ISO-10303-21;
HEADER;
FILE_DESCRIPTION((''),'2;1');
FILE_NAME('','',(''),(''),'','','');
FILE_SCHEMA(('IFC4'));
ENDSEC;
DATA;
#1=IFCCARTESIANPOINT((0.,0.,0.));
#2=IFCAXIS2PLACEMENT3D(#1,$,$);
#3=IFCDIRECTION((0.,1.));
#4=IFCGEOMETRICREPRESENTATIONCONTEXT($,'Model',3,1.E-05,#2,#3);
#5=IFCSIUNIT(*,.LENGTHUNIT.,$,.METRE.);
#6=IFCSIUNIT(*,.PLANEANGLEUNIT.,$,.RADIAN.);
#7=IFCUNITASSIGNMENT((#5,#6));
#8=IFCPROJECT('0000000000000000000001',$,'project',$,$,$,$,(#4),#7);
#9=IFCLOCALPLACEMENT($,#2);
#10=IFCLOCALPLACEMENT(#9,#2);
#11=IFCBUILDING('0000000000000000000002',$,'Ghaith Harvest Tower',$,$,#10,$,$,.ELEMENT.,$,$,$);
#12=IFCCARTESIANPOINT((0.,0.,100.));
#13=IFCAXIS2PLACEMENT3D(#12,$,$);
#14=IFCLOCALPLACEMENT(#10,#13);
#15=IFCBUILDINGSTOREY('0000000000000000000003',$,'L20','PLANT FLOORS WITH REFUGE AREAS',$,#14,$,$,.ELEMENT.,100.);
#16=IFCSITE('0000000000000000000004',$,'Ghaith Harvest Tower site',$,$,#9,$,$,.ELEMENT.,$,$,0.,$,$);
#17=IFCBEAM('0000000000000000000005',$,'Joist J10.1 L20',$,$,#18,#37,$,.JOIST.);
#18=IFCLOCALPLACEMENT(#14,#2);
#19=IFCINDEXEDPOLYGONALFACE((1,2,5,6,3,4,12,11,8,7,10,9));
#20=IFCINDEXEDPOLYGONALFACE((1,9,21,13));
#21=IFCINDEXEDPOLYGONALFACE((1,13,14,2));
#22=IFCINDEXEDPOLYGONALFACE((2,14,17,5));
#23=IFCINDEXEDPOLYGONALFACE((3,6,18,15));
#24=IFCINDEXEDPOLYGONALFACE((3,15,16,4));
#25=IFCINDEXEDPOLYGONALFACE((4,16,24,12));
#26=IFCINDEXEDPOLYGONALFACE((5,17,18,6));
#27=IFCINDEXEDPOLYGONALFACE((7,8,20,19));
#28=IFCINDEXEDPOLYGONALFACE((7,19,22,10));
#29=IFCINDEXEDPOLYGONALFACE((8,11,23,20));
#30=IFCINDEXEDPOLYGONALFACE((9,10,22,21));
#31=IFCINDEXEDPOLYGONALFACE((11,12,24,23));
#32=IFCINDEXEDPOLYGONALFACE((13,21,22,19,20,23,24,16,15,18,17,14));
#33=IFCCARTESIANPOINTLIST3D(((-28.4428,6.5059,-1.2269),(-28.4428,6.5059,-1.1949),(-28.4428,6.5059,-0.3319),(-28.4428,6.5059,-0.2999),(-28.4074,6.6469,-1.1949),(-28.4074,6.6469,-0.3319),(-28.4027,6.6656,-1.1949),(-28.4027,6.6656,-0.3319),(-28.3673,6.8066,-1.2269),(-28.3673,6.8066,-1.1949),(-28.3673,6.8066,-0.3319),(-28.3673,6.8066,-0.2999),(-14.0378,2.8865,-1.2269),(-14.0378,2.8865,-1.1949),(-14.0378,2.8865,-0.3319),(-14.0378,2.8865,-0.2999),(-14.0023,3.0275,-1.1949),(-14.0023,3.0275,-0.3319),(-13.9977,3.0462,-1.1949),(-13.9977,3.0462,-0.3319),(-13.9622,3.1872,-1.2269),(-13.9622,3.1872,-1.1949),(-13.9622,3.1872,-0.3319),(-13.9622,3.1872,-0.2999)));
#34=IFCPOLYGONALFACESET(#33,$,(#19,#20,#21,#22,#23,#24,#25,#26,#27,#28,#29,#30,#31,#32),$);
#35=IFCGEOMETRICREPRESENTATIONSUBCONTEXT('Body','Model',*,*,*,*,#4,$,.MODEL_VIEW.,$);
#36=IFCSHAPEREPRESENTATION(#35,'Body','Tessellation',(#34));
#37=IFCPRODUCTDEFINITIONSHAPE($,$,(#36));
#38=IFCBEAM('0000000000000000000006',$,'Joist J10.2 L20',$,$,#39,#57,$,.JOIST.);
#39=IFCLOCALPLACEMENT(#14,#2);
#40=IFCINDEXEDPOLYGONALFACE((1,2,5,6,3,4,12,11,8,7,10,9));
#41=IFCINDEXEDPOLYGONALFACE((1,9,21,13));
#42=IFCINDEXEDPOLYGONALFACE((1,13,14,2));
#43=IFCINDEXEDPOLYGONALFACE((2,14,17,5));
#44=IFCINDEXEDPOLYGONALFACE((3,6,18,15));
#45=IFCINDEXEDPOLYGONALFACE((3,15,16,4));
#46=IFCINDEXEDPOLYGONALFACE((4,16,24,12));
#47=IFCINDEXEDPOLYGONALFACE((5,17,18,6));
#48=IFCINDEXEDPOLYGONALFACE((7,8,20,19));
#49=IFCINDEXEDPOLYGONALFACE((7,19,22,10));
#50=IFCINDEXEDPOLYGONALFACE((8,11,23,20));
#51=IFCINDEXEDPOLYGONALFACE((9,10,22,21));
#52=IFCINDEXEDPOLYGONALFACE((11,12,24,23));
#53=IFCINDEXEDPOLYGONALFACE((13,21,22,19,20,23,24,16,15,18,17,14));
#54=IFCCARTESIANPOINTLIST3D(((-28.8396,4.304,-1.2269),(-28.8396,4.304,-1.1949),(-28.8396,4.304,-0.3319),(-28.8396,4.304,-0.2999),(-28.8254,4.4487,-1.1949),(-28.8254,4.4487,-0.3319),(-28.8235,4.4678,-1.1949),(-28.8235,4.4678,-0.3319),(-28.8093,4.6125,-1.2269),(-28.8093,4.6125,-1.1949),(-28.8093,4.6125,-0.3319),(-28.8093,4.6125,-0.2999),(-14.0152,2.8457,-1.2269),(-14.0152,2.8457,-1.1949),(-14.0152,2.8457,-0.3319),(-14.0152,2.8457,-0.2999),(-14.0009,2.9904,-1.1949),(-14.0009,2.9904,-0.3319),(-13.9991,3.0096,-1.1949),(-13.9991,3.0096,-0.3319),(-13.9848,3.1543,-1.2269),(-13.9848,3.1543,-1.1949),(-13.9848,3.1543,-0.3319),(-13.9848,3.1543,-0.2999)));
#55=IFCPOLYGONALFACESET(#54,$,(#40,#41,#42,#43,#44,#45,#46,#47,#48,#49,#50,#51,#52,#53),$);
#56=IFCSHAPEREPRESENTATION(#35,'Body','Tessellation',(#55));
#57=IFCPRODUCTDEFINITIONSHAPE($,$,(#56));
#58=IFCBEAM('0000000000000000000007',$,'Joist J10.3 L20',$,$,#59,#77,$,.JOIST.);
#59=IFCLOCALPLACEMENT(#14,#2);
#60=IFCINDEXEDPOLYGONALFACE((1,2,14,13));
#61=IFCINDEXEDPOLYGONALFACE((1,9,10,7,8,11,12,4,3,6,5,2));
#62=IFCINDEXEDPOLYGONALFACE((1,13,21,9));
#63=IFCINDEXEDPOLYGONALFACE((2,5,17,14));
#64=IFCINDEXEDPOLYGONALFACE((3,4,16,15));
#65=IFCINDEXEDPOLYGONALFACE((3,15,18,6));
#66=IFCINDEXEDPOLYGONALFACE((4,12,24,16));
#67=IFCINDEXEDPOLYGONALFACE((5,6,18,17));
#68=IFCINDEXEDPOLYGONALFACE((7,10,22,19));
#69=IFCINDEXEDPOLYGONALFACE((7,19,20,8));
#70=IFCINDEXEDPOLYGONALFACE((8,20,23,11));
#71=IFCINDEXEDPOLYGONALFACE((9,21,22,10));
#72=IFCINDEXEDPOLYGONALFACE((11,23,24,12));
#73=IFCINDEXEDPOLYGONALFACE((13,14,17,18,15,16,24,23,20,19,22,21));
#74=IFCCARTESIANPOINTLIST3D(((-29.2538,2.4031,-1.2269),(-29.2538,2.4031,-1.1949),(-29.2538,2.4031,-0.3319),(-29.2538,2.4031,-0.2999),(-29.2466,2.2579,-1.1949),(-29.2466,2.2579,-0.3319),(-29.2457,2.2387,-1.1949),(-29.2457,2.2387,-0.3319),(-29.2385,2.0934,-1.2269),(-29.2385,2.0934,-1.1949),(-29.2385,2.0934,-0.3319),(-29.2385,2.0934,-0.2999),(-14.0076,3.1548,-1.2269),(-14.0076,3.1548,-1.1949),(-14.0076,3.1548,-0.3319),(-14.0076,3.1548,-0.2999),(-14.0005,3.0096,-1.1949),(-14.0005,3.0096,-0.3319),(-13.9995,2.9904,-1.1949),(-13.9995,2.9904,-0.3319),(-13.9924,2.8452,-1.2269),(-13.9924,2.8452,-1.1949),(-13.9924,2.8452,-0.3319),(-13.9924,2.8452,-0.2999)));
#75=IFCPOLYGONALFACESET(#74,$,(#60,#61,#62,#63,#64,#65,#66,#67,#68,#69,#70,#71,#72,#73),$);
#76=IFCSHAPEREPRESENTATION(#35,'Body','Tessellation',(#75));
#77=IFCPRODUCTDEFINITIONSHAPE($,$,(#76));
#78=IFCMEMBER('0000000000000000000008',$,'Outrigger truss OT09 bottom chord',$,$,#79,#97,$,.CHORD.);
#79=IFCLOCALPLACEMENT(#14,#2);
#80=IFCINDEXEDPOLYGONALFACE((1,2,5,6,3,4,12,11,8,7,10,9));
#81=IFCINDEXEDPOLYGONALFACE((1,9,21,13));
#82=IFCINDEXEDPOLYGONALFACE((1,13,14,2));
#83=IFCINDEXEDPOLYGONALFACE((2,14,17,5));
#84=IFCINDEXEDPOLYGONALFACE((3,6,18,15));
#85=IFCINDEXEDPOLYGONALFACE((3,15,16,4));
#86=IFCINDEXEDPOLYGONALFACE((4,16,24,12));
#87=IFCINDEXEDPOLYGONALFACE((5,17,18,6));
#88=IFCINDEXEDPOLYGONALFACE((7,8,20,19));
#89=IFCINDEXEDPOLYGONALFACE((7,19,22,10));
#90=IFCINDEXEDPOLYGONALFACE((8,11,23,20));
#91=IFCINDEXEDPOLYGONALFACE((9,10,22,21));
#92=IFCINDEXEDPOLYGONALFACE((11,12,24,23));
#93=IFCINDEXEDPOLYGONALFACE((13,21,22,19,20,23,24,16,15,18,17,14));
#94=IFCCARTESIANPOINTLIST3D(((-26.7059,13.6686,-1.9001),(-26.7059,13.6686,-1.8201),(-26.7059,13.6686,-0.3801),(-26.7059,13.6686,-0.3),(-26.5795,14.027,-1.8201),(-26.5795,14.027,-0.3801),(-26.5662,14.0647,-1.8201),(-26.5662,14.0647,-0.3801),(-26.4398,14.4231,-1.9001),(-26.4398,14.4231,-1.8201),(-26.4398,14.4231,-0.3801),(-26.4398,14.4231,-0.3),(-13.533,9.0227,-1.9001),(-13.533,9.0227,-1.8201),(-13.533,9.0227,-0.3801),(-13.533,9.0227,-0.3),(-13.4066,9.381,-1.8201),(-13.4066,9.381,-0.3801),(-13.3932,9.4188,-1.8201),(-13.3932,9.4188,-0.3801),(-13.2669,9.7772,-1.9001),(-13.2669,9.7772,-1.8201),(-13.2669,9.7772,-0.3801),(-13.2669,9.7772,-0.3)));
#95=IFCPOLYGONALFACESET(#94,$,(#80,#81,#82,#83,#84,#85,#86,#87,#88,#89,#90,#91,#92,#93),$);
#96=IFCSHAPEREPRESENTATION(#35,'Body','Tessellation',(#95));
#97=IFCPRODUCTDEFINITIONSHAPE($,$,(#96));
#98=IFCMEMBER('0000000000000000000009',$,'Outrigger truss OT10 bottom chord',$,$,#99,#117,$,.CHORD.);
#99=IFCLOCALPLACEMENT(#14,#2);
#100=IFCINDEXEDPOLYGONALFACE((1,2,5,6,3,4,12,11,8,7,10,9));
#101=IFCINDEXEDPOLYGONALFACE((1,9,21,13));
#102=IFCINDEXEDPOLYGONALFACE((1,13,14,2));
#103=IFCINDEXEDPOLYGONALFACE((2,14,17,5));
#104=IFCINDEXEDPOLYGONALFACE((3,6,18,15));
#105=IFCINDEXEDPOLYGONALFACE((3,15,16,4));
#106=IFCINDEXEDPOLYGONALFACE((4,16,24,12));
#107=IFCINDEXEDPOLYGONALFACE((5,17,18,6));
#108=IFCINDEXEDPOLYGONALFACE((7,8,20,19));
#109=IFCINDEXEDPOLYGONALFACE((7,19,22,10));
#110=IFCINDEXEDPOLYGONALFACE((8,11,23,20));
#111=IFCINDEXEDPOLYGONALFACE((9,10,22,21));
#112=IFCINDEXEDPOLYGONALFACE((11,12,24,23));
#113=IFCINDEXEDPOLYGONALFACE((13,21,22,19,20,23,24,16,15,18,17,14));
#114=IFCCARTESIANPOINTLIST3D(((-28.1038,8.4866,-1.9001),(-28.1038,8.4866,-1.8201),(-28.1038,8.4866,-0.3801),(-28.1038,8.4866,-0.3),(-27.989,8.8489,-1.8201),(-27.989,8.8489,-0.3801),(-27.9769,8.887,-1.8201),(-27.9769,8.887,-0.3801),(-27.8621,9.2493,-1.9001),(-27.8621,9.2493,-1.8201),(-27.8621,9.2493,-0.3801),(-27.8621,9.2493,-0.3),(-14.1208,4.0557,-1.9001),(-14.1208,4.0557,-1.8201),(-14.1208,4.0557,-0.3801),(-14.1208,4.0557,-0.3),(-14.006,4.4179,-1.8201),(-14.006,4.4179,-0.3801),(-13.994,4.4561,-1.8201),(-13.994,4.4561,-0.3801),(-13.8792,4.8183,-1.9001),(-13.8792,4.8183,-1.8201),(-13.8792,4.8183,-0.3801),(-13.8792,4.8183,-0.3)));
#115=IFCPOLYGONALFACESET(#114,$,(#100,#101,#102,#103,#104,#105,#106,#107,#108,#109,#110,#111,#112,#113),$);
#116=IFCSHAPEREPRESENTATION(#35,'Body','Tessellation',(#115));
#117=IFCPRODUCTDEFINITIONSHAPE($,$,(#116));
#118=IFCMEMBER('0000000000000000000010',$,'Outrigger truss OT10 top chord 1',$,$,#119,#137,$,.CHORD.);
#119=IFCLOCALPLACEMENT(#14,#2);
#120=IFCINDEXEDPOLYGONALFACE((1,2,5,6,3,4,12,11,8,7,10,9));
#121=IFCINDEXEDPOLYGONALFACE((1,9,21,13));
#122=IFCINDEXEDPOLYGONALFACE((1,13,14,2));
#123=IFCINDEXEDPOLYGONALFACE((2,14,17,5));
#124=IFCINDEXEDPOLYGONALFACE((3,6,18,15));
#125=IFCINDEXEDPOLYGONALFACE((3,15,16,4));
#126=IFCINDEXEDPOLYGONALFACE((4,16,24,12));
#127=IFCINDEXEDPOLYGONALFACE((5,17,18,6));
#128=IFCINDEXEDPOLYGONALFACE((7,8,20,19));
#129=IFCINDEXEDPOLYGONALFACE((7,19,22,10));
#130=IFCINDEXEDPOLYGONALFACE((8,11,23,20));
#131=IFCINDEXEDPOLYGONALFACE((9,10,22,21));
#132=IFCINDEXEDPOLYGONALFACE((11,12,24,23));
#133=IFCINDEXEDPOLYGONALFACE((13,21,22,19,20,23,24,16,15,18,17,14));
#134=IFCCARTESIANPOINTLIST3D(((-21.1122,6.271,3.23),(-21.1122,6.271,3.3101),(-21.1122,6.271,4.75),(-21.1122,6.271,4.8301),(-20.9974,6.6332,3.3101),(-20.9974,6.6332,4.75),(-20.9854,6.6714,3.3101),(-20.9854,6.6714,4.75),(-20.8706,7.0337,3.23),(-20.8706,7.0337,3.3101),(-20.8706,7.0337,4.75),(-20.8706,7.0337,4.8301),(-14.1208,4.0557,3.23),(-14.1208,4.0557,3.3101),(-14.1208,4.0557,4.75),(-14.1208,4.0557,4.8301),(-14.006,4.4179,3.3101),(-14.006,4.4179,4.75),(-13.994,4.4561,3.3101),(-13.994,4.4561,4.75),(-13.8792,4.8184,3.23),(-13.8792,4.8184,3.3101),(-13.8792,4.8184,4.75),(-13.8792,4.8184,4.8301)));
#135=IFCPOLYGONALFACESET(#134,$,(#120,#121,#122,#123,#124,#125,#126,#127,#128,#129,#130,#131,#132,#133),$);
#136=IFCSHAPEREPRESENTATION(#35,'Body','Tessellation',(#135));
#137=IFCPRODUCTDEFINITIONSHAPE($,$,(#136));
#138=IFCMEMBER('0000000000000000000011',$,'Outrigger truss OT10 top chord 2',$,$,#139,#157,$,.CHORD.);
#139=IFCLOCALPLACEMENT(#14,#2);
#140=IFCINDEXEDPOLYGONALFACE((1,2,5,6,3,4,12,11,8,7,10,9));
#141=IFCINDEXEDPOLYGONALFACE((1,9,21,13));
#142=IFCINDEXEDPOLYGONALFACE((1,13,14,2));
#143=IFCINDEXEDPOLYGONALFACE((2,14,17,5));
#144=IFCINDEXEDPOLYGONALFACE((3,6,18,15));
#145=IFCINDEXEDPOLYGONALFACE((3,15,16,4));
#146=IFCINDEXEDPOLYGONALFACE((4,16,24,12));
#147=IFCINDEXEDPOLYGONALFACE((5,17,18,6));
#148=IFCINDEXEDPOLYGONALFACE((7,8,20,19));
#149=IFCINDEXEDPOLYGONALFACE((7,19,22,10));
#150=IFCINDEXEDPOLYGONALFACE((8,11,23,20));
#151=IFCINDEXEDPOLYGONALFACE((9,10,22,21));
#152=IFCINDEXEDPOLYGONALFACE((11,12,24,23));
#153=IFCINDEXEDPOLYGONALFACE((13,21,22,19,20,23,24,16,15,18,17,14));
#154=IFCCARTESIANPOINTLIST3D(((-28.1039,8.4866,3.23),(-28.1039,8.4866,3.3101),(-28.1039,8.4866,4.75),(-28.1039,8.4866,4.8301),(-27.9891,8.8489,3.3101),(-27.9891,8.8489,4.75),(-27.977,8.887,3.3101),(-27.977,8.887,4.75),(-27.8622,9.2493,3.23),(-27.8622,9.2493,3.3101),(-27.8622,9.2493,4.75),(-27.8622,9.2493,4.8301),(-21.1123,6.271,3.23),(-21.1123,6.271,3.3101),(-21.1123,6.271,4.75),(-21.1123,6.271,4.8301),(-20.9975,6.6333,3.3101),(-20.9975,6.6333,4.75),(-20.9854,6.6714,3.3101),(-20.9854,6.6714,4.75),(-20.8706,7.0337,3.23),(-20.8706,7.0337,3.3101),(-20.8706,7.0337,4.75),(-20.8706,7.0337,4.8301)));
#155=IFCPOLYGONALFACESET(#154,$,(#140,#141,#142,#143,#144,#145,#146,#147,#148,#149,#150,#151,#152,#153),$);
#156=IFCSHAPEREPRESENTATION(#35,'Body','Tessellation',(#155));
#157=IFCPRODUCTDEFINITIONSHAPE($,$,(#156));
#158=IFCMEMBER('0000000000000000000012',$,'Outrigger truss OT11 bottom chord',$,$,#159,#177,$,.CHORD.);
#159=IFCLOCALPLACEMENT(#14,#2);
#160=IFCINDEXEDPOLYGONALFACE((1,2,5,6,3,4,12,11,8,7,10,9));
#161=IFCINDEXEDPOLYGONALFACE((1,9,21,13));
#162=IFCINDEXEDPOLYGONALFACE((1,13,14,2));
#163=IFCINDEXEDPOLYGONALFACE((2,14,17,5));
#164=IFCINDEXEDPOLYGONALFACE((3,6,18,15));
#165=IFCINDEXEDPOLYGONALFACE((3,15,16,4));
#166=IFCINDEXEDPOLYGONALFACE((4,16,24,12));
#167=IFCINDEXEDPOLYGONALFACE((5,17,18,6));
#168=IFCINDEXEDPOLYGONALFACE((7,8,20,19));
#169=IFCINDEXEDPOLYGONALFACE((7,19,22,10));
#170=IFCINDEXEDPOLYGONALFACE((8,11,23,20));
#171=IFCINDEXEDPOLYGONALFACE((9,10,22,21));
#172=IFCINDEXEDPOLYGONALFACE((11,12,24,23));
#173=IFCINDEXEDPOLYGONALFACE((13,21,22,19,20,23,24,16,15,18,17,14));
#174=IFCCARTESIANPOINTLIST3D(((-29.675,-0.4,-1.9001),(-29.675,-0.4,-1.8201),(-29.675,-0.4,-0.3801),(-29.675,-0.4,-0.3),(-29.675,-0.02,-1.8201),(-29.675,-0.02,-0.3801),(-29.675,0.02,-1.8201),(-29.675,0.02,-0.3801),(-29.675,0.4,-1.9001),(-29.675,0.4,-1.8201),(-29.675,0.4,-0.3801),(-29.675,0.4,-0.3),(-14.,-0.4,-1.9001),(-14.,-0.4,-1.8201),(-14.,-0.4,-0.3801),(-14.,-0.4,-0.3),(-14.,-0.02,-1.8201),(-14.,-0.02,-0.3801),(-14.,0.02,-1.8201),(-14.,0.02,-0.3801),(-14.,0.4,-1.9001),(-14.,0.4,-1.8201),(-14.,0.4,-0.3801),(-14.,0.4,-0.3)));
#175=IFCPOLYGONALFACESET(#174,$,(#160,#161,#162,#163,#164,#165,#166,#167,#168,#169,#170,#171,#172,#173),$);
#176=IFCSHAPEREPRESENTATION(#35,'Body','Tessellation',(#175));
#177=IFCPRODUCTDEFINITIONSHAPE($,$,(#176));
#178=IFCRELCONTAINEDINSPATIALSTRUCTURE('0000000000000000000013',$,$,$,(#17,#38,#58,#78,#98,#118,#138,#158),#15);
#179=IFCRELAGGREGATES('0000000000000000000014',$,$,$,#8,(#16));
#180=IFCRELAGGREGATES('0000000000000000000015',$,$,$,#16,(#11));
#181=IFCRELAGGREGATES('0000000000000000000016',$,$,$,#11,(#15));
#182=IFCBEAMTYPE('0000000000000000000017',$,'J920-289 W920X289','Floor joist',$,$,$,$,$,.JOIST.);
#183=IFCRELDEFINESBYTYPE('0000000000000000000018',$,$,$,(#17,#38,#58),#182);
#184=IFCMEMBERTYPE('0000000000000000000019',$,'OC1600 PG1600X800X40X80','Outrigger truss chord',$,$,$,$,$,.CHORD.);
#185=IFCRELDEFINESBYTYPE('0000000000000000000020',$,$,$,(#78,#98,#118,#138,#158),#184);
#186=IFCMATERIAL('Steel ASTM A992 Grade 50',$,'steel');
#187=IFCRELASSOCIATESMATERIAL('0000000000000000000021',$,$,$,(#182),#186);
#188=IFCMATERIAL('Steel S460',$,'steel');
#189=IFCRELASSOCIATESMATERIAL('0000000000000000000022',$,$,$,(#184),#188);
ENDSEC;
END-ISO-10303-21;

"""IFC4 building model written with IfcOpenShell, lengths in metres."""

from ifc_helpers import new_model, si_unit, direction, frame, origin, origin_2d, place, context, subcontext, project, spatial, i_section, extrude, material, material_profile, profile_set, type_object, element, save


model = new_model("IFC4")

# Units and contexts
model_context = context("Model", 3, precision=1e-05, world=origin(), true_north=direction((0.0, 1.0)))
body_context = subcontext(model_context, "Body", "Model", "MODEL_VIEW")
ifc_project = project(units=[si_unit("LENGTHUNIT", "METRE"), si_unit("PLANEANGLEUNIT", "RADIAN")], contexts=[model_context])

# Site, building, storey
site_placement = place(None, origin())
site = spatial("IfcSite", under=ifc_project, at=site_placement, Name="Ghaith Harvest Tower site", CompositionType="ELEMENT", RefElevation=0.0)
building_placement = place(site_placement, origin())
building = spatial("IfcBuilding", under=site, at=building_placement, Name="Ghaith Harvest Tower", CompositionType="ELEMENT")
storey_placement = place(building_placement, frame((0.0, 0.0, 100.0)))
storey = spatial("IfcBuildingStorey", under=building, at=storey_placement, Name="L20", Description="PLANT FLOORS WITH REFUGE AREAS", CompositionType="ELEMENT", Elevation=100.0)

# Beams
ifc_material_1 = material(Name="Steel ASTM A992 Grade 50", Category="steel")
ifc_material_profile_1 = material_profile(ifc_material_1, i_section(OverallWidth=0.3101, OverallDepth=0.927, WebThickness=0.0193, FlangeThickness=0.032, at=origin_2d()), Name="W920X289")
ifc_profile_set_1 = profile_set([ifc_material_profile_1], Name="Steel ASTM A992 Grade 50")
beam_type_1 = type_object("IfcBeamType", Name="J920-289 W920X289", Description="Floor joist", PredefinedType="JOIST", material=ifc_profile_set_1)
beam_1_placement = place(storey_placement, frame((-14.0, 3.0369, -0.7634), z_axis=(-0.969855, 0.243684, 0.0), x_axis=(-0.243684, -0.969855, 0.0)))
element("IfcBeam", 1, at=beam_1_placement, inside=storey, type_object=beam_type_1, Name="Joist J10.1 L20", PredefinedType="JOIST", context=body_context, shape_type="SweptSolid", body=[
    extrude(i_section(OverallWidth=0.3101, OverallDepth=0.927, WebThickness=0.0193, FlangeThickness=0.032, at=origin_2d()), origin(), (0.0, 0.0, 1.0), 14.8528),
])
beam_2_placement = place(storey_placement, frame((-14.0, 3.0, -0.7634), z_axis=(-0.995197, 0.097895, 0.0), x_axis=(-0.097895, -0.995197, 0.0)))
element("IfcBeam", 2, at=beam_2_placement, inside=storey, type_object=beam_type_1, Name="Joist J10.2 L20", PredefinedType="JOIST", context=body_context, shape_type="SweptSolid", body=[
    extrude(i_section(OverallWidth=0.3101, OverallDepth=0.927, WebThickness=0.0193, FlangeThickness=0.032, at=origin_2d()), origin(), (0.0, 0.0, 1.0), 14.896),
])
beam_3_placement = place(storey_placement, frame((-14.0, 3.0, -0.7634), z_axis=(-0.998787, -0.049245, 0.0), x_axis=(0.049245, -0.998787, 0.0)))
element("IfcBeam", 3, at=beam_3_placement, inside=storey, type_object=beam_type_1, Name="Joist J10.3 L20", PredefinedType="JOIST", context=body_context, shape_type="SweptSolid", body=[
    extrude(i_section(OverallWidth=0.3101, OverallDepth=0.927, WebThickness=0.0193, FlangeThickness=0.032, at=origin_2d()), origin(), (0.0, 0.0, 1.0), 15.2646),
])

# Members
ifc_material_2 = material(Name="Steel S460", Category="steel")
ifc_material_profile_2 = material_profile(ifc_material_2, i_section(OverallWidth=0.8, OverallDepth=1.6001, WebThickness=0.04, FlangeThickness=0.0801, at=origin_2d()), Name="PG1600X800X40X80")
ifc_profile_set_2 = profile_set([ifc_material_profile_2], Name="Steel S460")
member_type_1 = type_object("IfcMemberType", Name="OC1600 PG1600X800X40X80", Description="Outrigger truss chord", PredefinedType="CHORD", material=ifc_profile_set_2)
member_1_placement = place(storey_placement, frame((-13.3999, 9.3999, -1.1001), z_axis=(-0.943065, 0.332608, 0.0), x_axis=(-0.332608, -0.943065, 0.0)))
element("IfcMember", 4, at=member_1_placement, inside=storey, type_object=member_type_1, Name="Outrigger truss OT09 bottom chord", PredefinedType="CHORD", context=body_context, shape_type="SweptSolid", body=[
    extrude(i_section(OverallWidth=0.8, OverallDepth=1.6001, WebThickness=0.04, FlangeThickness=0.0801, at=origin_2d()), origin(), (0.0, 0.0, 1.0), 13.9683),
])
member_2_placement = place(storey_placement, frame((-14.0, 4.437, -1.1001), z_axis=(-0.953284, 0.302077, 0.0), x_axis=(-0.302077, -0.953284, 0.0)))
element("IfcMember", 5, at=member_2_placement, inside=storey, type_object=member_type_1, Name="Outrigger truss OT10 bottom chord", PredefinedType="CHORD", context=body_context, shape_type="SweptSolid", body=[
    extrude(i_section(OverallWidth=0.8, OverallDepth=1.6001, WebThickness=0.04, FlangeThickness=0.0801, at=origin_2d()), origin(), (0.0, 0.0, 1.0), 14.6682),
])
member_3_placement = place(storey_placement, frame((-14.0, 4.437, 4.03), z_axis=(-0.953288, 0.302062, 0.0), x_axis=(-0.302062, -0.953288, 0.0)))
element("IfcMember", 6, at=member_3_placement, inside=storey, type_object=member_type_1, Name="Outrigger truss OT10 top chord 1", PredefinedType="CHORD", context=body_context, shape_type="SweptSolid", body=[
    extrude(i_section(OverallWidth=0.8, OverallDepth=1.6001, WebThickness=0.04, FlangeThickness=0.0801, at=origin_2d()), origin(), (0.0, 0.0, 1.0), 7.334),
])
member_4_placement = place(storey_placement, frame((-20.9915, 6.6523, 4.03), z_axis=(-0.953279, 0.302092, 0.0), x_axis=(-0.302092, -0.953279, 0.0)))
element("IfcMember", 7, at=member_4_placement, inside=storey, type_object=member_type_1, Name="Outrigger truss OT10 top chord 2", PredefinedType="CHORD", context=body_context, shape_type="SweptSolid", body=[
    extrude(i_section(OverallWidth=0.8, OverallDepth=1.6001, WebThickness=0.04, FlangeThickness=0.0801, at=origin_2d()), origin(), (0.0, 0.0, 1.0), 7.3342),
])
member_5_placement = place(storey_placement, frame((-14.0, 0.0, -1.1001), z_axis=(-1.0, 0.0, 0.0), x_axis=(0.0, -1.0, 0.0)))
element("IfcMember", 8, at=member_5_placement, inside=storey, type_object=member_type_1, Name="Outrigger truss OT11 bottom chord", PredefinedType="CHORD", context=body_context, shape_type="SweptSolid", body=[
    extrude(i_section(OverallWidth=0.8, OverallDepth=1.6001, WebThickness=0.04, FlangeThickness=0.0801, at=origin_2d()), origin(), (0.0, 0.0, 1.0), 15.675),
])

save(model, "model.ifc")
